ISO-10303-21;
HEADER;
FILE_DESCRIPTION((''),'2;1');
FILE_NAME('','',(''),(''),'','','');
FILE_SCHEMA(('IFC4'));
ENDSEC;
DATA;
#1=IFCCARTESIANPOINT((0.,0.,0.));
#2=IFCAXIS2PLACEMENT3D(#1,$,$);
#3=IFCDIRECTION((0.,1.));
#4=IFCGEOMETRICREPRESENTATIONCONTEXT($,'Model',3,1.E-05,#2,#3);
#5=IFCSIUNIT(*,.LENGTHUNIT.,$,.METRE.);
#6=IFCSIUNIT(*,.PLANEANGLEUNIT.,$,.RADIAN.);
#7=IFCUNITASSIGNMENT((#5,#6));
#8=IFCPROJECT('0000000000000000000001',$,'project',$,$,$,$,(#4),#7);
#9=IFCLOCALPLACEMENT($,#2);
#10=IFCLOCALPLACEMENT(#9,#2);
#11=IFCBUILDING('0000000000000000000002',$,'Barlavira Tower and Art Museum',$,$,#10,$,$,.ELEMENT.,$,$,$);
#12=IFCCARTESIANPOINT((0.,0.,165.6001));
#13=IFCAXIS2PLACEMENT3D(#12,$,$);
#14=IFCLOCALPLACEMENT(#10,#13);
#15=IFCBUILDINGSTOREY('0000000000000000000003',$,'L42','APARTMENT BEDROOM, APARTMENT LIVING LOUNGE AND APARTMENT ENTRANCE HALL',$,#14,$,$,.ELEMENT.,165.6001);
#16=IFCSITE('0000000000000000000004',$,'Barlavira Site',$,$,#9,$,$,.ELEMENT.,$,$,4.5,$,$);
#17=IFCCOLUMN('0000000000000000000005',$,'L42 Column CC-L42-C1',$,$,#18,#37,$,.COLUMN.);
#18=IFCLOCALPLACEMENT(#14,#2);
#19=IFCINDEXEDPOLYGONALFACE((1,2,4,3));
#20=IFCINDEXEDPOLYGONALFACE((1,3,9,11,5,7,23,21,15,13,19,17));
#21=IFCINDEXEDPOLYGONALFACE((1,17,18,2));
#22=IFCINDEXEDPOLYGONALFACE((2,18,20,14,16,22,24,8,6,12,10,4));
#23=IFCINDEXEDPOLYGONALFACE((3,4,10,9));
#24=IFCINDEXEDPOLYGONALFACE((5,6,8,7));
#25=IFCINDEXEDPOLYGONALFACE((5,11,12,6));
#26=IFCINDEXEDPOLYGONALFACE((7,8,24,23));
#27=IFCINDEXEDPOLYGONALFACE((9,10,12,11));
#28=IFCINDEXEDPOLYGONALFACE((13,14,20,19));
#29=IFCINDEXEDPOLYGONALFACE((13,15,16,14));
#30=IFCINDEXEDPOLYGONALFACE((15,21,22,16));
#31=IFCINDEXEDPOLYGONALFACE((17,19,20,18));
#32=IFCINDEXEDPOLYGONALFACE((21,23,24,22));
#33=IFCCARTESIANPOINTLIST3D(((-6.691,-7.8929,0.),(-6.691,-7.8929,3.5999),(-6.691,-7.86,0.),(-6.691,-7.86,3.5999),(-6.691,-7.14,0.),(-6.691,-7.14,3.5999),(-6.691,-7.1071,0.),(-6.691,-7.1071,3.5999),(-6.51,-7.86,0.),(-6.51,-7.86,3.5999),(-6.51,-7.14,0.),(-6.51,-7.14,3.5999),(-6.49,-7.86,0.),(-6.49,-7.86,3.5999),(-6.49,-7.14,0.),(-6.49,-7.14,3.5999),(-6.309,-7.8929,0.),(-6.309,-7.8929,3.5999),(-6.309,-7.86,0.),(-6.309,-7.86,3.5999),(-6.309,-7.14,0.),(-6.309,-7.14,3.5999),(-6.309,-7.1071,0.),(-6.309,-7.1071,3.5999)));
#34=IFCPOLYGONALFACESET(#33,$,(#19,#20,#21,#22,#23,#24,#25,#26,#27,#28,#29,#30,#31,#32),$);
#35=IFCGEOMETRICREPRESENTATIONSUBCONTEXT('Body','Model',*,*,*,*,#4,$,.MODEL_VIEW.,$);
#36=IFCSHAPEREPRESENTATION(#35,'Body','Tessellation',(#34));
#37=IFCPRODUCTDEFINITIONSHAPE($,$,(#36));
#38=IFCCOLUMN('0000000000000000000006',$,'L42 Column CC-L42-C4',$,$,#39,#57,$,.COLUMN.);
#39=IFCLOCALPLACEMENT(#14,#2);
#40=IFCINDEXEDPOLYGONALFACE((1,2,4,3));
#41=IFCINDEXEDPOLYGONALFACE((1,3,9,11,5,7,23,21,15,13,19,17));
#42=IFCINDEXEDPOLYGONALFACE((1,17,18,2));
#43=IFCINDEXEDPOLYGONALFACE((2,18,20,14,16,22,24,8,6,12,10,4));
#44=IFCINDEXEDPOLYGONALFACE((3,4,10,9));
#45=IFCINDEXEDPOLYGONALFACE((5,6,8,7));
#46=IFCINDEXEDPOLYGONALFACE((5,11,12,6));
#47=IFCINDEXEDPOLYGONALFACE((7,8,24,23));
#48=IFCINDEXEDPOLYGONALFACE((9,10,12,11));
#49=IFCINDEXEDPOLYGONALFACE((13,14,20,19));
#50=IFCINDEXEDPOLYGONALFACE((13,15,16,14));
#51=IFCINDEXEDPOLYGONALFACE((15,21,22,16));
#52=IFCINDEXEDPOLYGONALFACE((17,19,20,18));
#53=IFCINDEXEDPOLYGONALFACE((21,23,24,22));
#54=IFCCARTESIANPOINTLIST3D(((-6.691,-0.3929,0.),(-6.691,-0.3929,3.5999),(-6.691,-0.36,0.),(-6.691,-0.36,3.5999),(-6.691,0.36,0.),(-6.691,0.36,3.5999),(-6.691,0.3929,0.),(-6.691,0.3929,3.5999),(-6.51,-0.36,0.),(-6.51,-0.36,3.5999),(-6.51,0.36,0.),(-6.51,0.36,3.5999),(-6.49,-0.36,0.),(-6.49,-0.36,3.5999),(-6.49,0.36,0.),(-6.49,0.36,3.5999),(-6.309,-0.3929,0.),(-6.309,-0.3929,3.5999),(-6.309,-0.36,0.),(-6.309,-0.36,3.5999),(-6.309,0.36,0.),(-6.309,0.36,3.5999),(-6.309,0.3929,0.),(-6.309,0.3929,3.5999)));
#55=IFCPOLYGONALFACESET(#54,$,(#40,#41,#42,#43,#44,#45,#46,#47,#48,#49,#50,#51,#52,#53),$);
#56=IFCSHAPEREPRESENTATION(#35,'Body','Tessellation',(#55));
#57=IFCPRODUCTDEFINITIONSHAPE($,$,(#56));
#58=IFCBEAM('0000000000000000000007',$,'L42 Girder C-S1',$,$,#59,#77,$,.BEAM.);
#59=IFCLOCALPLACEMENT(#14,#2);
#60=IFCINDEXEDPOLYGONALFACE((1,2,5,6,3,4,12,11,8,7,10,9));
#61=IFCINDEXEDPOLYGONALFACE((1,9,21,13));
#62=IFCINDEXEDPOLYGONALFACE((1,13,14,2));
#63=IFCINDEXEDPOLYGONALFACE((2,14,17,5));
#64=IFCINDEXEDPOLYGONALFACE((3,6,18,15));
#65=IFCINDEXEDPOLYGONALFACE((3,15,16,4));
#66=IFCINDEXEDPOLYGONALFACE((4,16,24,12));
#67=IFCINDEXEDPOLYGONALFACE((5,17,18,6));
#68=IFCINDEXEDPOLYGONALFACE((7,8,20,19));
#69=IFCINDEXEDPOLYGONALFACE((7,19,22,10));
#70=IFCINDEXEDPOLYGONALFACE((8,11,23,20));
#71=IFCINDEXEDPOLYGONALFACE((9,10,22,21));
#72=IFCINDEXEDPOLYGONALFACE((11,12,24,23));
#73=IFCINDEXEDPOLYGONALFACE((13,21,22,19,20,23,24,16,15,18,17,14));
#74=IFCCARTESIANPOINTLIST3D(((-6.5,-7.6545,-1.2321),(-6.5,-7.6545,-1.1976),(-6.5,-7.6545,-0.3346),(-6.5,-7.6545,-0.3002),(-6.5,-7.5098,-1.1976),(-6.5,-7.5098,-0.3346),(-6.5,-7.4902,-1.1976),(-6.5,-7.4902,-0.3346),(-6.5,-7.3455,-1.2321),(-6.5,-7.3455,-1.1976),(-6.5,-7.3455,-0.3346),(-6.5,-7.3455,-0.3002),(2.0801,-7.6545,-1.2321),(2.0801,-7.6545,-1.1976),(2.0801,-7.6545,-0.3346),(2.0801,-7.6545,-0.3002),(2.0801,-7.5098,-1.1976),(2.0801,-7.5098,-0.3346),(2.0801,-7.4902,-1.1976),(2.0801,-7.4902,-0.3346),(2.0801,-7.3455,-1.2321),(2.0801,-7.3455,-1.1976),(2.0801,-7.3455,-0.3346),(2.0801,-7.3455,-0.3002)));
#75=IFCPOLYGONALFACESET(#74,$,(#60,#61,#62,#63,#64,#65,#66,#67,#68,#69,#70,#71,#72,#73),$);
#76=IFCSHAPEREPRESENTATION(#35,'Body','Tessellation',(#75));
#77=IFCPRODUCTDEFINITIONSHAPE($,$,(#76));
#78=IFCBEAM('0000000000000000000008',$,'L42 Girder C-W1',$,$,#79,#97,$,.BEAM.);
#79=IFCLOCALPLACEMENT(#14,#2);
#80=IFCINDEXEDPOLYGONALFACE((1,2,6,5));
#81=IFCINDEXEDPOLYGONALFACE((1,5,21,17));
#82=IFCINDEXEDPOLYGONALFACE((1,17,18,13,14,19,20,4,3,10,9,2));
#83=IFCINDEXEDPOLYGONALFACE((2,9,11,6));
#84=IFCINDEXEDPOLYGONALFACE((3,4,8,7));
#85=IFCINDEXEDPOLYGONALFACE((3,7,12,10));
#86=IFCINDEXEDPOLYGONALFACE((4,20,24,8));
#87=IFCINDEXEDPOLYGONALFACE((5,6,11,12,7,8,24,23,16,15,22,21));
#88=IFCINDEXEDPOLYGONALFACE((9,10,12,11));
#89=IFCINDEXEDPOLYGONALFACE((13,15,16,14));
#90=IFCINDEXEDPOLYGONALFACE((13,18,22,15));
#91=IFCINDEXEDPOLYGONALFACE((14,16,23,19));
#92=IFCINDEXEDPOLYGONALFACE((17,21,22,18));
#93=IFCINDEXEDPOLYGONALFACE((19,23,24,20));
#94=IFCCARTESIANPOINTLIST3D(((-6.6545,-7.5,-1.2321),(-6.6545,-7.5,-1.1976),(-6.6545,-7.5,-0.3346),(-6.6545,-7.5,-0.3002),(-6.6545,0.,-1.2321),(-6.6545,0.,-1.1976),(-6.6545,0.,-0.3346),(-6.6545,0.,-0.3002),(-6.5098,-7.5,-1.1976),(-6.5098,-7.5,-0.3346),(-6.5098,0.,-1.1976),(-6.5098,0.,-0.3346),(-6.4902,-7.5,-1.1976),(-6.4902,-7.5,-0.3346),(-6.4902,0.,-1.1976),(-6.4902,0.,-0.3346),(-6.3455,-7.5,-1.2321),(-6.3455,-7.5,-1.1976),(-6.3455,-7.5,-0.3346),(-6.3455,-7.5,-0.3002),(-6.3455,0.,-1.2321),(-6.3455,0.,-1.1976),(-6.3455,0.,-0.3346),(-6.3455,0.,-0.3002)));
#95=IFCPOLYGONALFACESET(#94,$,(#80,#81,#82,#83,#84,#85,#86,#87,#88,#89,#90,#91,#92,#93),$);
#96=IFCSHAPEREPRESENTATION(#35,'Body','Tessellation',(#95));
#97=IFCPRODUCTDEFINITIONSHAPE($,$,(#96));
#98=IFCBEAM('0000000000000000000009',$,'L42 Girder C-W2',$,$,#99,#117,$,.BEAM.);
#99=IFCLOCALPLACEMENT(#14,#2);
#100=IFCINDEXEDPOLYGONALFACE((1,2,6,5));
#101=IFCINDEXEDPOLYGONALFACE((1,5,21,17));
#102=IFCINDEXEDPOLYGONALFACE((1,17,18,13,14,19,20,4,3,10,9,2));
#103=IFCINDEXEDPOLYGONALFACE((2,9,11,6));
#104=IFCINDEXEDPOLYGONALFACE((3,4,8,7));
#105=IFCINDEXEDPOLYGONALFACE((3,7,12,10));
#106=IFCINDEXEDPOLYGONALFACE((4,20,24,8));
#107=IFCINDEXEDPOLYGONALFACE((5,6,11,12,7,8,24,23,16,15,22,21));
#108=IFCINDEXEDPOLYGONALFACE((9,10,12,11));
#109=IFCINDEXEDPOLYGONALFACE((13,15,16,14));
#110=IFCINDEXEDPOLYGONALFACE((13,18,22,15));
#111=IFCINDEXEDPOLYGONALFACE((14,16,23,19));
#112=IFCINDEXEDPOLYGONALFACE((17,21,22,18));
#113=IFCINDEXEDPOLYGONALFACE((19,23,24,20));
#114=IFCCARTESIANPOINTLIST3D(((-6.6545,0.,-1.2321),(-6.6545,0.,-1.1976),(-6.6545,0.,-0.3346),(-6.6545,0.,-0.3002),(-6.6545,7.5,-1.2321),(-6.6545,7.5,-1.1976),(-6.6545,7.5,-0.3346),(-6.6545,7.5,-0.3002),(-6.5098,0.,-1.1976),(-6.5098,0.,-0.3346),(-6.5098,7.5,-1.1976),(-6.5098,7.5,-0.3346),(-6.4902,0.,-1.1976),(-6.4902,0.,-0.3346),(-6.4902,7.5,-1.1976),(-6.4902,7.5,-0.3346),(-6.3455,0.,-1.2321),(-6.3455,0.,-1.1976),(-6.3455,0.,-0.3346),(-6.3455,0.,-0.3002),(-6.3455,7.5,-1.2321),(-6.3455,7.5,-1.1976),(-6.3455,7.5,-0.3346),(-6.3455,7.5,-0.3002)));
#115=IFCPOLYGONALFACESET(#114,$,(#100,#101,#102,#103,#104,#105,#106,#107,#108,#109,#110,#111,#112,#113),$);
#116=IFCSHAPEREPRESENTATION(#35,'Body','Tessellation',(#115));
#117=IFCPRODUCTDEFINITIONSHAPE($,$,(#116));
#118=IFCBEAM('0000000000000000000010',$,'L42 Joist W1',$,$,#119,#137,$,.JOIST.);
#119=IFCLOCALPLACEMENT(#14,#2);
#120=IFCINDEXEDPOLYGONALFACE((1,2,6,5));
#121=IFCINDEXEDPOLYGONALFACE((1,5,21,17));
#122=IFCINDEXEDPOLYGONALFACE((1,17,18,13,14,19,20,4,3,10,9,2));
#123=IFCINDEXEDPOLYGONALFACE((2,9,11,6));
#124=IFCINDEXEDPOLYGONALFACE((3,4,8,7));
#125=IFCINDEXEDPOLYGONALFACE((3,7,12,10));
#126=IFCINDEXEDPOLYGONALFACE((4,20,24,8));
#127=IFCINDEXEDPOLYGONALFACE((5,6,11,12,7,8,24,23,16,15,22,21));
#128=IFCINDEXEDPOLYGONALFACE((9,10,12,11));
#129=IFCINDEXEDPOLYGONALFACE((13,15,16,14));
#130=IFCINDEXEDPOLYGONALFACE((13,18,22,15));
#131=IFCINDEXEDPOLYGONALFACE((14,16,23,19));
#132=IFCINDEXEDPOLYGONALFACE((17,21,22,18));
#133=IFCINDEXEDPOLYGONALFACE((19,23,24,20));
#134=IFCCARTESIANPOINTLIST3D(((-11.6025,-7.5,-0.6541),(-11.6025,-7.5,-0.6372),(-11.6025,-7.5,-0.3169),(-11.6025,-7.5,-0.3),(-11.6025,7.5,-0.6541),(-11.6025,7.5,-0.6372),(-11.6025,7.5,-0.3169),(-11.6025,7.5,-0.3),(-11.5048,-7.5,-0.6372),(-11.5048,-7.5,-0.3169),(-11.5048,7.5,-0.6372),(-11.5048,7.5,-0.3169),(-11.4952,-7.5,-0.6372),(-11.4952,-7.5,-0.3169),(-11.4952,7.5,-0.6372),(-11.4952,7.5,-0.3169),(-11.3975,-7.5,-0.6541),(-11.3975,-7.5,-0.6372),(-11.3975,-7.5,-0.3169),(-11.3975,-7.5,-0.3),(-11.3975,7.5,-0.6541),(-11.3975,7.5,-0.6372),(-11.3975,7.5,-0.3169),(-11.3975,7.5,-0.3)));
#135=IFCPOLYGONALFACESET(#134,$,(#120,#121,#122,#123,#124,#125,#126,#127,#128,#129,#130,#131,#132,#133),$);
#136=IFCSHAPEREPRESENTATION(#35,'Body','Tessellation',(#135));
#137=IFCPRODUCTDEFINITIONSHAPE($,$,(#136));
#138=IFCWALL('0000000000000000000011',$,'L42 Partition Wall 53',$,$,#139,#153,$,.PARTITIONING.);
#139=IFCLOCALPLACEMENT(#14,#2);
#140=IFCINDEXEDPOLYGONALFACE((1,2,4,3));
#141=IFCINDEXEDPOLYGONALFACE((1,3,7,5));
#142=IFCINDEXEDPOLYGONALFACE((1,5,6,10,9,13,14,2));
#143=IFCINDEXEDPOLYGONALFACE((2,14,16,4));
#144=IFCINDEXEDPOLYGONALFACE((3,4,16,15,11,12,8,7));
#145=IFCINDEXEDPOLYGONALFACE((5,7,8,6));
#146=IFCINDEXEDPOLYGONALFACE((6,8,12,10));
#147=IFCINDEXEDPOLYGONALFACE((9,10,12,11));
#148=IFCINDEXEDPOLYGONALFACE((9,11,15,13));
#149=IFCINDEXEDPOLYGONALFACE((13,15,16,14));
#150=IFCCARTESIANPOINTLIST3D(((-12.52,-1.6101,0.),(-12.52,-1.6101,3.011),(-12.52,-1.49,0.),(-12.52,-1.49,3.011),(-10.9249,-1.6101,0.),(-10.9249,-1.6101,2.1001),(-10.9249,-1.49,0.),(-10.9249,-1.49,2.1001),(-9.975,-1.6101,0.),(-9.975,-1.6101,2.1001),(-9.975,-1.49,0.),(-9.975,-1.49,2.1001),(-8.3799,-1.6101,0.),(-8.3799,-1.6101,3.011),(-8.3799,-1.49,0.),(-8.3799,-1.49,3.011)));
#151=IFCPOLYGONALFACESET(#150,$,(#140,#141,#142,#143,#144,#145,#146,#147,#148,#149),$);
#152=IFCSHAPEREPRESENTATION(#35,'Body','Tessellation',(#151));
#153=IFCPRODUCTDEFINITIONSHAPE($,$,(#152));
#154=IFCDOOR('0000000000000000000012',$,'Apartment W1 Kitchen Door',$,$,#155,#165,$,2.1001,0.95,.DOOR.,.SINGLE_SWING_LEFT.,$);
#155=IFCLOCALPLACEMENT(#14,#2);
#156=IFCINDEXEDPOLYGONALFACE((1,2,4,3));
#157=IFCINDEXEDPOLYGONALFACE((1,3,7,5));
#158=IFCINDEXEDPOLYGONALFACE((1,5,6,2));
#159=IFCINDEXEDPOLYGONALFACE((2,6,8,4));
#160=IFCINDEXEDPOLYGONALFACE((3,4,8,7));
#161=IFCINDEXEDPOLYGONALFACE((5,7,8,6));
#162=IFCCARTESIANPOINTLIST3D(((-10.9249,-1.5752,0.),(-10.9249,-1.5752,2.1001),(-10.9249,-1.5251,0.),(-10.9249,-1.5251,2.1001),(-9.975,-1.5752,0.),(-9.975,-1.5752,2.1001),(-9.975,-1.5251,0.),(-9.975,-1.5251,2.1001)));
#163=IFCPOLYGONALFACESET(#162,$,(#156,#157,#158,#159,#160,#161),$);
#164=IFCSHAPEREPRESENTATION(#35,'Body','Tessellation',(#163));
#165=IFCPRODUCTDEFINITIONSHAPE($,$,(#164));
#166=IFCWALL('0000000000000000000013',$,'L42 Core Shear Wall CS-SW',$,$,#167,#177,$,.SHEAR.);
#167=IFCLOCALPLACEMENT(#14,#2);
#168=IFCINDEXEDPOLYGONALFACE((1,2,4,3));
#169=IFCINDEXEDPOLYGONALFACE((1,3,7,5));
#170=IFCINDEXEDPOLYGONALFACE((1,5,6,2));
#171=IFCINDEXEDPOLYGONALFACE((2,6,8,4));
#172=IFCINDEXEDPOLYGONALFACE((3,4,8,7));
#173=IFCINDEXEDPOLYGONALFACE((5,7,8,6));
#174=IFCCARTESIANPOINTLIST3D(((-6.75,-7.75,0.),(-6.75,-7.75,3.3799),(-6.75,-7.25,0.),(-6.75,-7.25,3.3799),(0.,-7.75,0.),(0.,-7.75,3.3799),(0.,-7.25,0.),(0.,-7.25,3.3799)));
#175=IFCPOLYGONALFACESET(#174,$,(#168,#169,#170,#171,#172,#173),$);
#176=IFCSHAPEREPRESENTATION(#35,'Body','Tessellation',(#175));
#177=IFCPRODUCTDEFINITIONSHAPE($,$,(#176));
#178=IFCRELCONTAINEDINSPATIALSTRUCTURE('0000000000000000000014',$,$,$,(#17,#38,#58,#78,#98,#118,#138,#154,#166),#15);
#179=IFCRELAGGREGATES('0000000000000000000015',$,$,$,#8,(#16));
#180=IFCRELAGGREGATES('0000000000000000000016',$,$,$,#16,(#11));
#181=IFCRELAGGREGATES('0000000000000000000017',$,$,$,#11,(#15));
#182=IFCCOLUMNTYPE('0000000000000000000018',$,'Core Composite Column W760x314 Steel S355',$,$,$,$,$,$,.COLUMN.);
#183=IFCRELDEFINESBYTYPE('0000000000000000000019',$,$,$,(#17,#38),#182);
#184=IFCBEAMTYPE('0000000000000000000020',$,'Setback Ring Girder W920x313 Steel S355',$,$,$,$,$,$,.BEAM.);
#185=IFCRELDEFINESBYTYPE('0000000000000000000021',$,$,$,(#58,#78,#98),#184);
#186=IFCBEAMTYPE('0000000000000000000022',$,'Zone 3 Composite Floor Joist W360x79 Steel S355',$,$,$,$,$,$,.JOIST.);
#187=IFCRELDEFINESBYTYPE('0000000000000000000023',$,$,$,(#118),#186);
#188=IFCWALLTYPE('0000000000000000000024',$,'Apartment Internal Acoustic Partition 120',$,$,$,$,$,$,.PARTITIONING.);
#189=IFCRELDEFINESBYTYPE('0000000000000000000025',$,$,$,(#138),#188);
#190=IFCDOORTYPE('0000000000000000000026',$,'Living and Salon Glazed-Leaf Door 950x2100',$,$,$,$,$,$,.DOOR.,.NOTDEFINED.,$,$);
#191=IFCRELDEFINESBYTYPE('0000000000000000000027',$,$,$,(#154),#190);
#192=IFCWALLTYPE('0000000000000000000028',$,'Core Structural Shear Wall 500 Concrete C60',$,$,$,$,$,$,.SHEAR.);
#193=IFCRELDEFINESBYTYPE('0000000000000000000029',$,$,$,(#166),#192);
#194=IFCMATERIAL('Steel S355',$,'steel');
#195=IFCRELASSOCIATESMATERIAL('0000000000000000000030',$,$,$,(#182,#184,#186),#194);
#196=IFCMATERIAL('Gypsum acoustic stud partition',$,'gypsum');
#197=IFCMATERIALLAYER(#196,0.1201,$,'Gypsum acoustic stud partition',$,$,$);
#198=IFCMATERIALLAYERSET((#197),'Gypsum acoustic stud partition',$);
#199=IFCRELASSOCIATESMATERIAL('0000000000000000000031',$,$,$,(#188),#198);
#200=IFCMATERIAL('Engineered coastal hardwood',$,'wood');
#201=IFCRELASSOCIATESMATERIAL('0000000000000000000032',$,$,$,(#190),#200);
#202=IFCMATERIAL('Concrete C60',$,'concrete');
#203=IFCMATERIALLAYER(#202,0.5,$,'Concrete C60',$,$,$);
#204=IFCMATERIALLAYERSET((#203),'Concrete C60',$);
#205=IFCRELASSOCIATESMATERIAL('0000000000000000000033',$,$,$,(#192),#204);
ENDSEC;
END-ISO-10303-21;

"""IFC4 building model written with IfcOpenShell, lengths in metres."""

from ifc_helpers import new_model, si_unit, direction, frame, frame_2d, origin, origin_2d, place, context, subcontext, project, spatial, rectangle, i_section, extrude, material, layer, layer_set, material_profile, profile_set, type_object, element, fill, save


model = new_model("IFC4")

# Units and contexts
model_context = context("Model", 3, precision=1e-05, world=origin(), true_north=direction((0.0, 1.0)))
body_context = subcontext(model_context, "Body", "Model", "MODEL_VIEW")
ifc_project = project(units=[si_unit("LENGTHUNIT", "METRE"), si_unit("PLANEANGLEUNIT", "RADIAN")], contexts=[model_context])

# Site, building, storey
site_placement = place(None, origin())
site = spatial("IfcSite", under=ifc_project, at=site_placement, Name="Barlavira Site", CompositionType="ELEMENT", RefElevation=4.5)
building_placement = place(site_placement, origin())
building = spatial("IfcBuilding", under=site, at=building_placement, Name="Barlavira Tower and Art Museum", CompositionType="ELEMENT")
storey_placement = place(building_placement, frame((0.0, 0.0, 165.6001)))
storey = spatial("IfcBuildingStorey", under=building, at=storey_placement, Name="L42", Description="APARTMENT BEDROOM, APARTMENT LIVING LOUNGE AND APARTMENT ENTRANCE HALL", CompositionType="ELEMENT", Elevation=165.6001)

# Columns
ifc_material_1 = material(Name="Steel S355", Category="steel")
ifc_material_profile_1 = material_profile(ifc_material_1, i_section(OverallWidth=0.3821, OverallDepth=0.7859, WebThickness=0.02, FlangeThickness=0.033, at=origin_2d()), Name="W760x314.0")
ifc_profile_set_1 = profile_set([ifc_material_profile_1], Name="Steel S355")
column_type = type_object("IfcColumnType", Name="Core Composite Column W760x314 Steel S355", PredefinedType="COLUMN", material=ifc_profile_set_1)
for number, where, z_axis, x_axis, name in (
    (1, (-6.5, -7.5, 0.0), (0.0, 0.0, 1.0), (1.0, 0.0, 0.0), "L42 Column CC-L42-C1"),
    (2, (-6.5, 0.0, 0.0), (0.0, 0.0, 1.0), (1.0, 0.0, 0.0), "L42 Column CC-L42-C4"),
):
    element("IfcColumn", number, at=place(storey_placement, frame(where, z_axis=z_axis, x_axis=x_axis)), inside=storey, type_object=column_type, Name=name, PredefinedType="COLUMN", context=body_context, shape_type="SweptSolid", body=[
        extrude(i_section(OverallWidth=0.3821, OverallDepth=0.7859, WebThickness=0.02, FlangeThickness=0.033, at=origin_2d()), origin(), (0.0, 0.0, 1.0), 3.5999),
    ])

# Beams
ifc_material_profile_2 = material_profile(ifc_material_1, i_section(OverallWidth=0.3091, OverallDepth=0.9319, WebThickness=0.0195, FlangeThickness=0.0344, at=origin_2d()), Name="W920x313.0")
ifc_profile_set_2 = profile_set([ifc_material_profile_2], Name="Steel S355")
beam_type_1 = type_object("IfcBeamType", Name="Setback Ring Girder W920x313 Steel S355", PredefinedType="BEAM", material=ifc_profile_set_2)
beam_1_placement = place(storey_placement, frame((-6.5, -7.5, -0.7661), z_axis=(1.0, 0.0, 0.0), x_axis=(0.0, 1.0, 0.0)))
element("IfcBeam", 3, at=beam_1_placement, inside=storey, type_object=beam_type_1, Name="L42 Girder C-S1", PredefinedType="BEAM", context=body_context, shape_type="SweptSolid", body=[
    extrude(i_section(OverallWidth=0.3091, OverallDepth=0.9319, WebThickness=0.0195, FlangeThickness=0.0344, at=origin_2d()), origin(), (0.0, 0.0, 1.0), 8.5801),
])
for number, where, z_axis, x_axis, name in (
    (4, (-6.5, -7.5, -0.7661), (0.0, 1.0, 0.0), (-1.0, 0.0, 0.0), "L42 Girder C-W1"),
    (5, (-6.5, 0.0, -0.7661), (0.0, 1.0, 0.0), (-1.0, 0.0, 0.0), "L42 Girder C-W2"),
):
    element("IfcBeam", number, at=place(storey_placement, frame(where, z_axis=z_axis, x_axis=x_axis)), inside=storey, type_object=beam_type_1, Name=name, PredefinedType="BEAM", context=body_context, shape_type="SweptSolid", body=[
        extrude(i_section(OverallWidth=0.3091, OverallDepth=0.9319, WebThickness=0.0195, FlangeThickness=0.0344, at=origin_2d()), origin(), (0.0, 0.0, 1.0), 7.5),
    ])
ifc_material_profile_3 = material_profile(ifc_material_1, i_section(OverallWidth=0.2051, OverallDepth=0.354, WebThickness=0.0095, FlangeThickness=0.0168, at=origin_2d()), Name="W360x79.0")
ifc_profile_set_3 = profile_set([ifc_material_profile_3], Name="Steel S355")
beam_type_2 = type_object("IfcBeamType", Name="Zone 3 Composite Floor Joist W360x79 Steel S355", PredefinedType="JOIST", material=ifc_profile_set_3)
beam_2_placement = place(storey_placement, frame((-11.5, -7.5, -0.4771), z_axis=(0.0, 1.0, 0.0), x_axis=(-1.0, 0.0, 0.0)))
element("IfcBeam", 6, at=beam_2_placement, inside=storey, type_object=beam_type_2, Name="L42 Joist W1", PredefinedType="JOIST", context=body_context, shape_type="SweptSolid", body=[
    extrude(i_section(OverallWidth=0.2051, OverallDepth=0.354, WebThickness=0.0095, FlangeThickness=0.0168, at=origin_2d()), origin(), (0.0, 0.0, 1.0), 15.0),
])

# Wall, opening, door
ifc_material_2 = material(Name="Gypsum acoustic stud partition", Category="gypsum")
ifc_layer_1 = layer(ifc_material_2, 0.1201, Name="Gypsum acoustic stud partition")
ifc_layer_set_1 = layer_set([ifc_layer_1], Name="Gypsum acoustic stud partition")
wall_type_1 = type_object("IfcWallType", Name="Apartment Internal Acoustic Partition 120", PredefinedType="PARTITIONING", material=ifc_layer_set_1)
wall_1_placement = place(storey_placement, frame((-12.52, -1.55, 0.0), z_axis=(0.0, 0.0, 1.0), x_axis=(1.0, 0.0, 0.0)))
wall_1 = element("IfcWall", 7, at=wall_1_placement, inside=storey, type_object=wall_type_1, Name="L42 Partition Wall 53", PredefinedType="PARTITIONING", context=body_context, shape_type="SweptSolid", body=[
    extrude(rectangle(XDim=4.1401, YDim=0.1201, at=frame_2d((2.0701, 0.0))), origin(), (0.0, 0.0, 1.0), 3.011),
])
opening_1_placement = place(wall_1_placement, frame((1.595, 0.0, 0.0)))
opening_1 = element("IfcOpeningElement", 8, at=opening_1_placement, cuts=wall_1, PredefinedType="OPENING", context=body_context, shape_type="SweptSolid", body=[
    extrude(rectangle(XDim=0.95, YDim=2.1001, at=frame_2d((0.4751, 1.05))), frame((0.0, 0.0701, 0.0), z_axis=(0.0, -1.0, 0.0), x_axis=(1.0, 0.0, 0.0)), (0.0, 0.0, 1.0), 0.1401),
])
ifc_material_3 = material(Name="Engineered coastal hardwood", Category="wood")
door_type_1 = type_object("IfcDoorType", Name="Living and Salon Glazed-Leaf Door 950x2100", OperationType="NOTDEFINED", PredefinedType="DOOR", material=ifc_material_3)
door_1_placement = place(opening_1_placement, origin())
door_1 = element("IfcDoor", 9, at=door_1_placement, inside=storey, type_object=door_type_1, Name="Apartment W1 Kitchen Door", OperationType="SINGLE_SWING_LEFT", OverallHeight=2.1001, OverallWidth=0.95, PredefinedType="DOOR", context=body_context, shape_type="SweptSolid", body=[
    extrude(rectangle(XDim=0.95, YDim=2.1001, at=frame_2d((0.4751, 1.05))), frame((0.0, 0.0249, 0.0), z_axis=(0.0, -1.0, 0.0), x_axis=(1.0, 0.0, 0.0)), (0.0, 0.0, 1.0), 0.05),
])
fill(opening_1, door_1)

# Wall
ifc_material_4 = material(Name="Concrete C60", Category="concrete")
ifc_layer_2 = layer(ifc_material_4, 0.5, Name="Concrete C60")
ifc_layer_set_2 = layer_set([ifc_layer_2], Name="Concrete C60")
wall_type_2 = type_object("IfcWallType", Name="Core Structural Shear Wall 500 Concrete C60", PredefinedType="SHEAR", material=ifc_layer_set_2)
wall_2_placement = place(storey_placement, frame((-6.75, -7.5, 0.0), z_axis=(0.0, 0.0, 1.0), x_axis=(1.0, 0.0, 0.0)))
element("IfcWall", 10, at=wall_2_placement, inside=storey, type_object=wall_type_2, Name="L42 Core Shear Wall CS-SW", PredefinedType="SHEAR", context=body_context, shape_type="SweptSolid", body=[
    extrude(rectangle(XDim=6.75, YDim=0.5, at=frame_2d((3.375, 0.0))), origin(), (0.0, 0.0, 1.0), 3.3799),
])

save(model, "model.ifc")
